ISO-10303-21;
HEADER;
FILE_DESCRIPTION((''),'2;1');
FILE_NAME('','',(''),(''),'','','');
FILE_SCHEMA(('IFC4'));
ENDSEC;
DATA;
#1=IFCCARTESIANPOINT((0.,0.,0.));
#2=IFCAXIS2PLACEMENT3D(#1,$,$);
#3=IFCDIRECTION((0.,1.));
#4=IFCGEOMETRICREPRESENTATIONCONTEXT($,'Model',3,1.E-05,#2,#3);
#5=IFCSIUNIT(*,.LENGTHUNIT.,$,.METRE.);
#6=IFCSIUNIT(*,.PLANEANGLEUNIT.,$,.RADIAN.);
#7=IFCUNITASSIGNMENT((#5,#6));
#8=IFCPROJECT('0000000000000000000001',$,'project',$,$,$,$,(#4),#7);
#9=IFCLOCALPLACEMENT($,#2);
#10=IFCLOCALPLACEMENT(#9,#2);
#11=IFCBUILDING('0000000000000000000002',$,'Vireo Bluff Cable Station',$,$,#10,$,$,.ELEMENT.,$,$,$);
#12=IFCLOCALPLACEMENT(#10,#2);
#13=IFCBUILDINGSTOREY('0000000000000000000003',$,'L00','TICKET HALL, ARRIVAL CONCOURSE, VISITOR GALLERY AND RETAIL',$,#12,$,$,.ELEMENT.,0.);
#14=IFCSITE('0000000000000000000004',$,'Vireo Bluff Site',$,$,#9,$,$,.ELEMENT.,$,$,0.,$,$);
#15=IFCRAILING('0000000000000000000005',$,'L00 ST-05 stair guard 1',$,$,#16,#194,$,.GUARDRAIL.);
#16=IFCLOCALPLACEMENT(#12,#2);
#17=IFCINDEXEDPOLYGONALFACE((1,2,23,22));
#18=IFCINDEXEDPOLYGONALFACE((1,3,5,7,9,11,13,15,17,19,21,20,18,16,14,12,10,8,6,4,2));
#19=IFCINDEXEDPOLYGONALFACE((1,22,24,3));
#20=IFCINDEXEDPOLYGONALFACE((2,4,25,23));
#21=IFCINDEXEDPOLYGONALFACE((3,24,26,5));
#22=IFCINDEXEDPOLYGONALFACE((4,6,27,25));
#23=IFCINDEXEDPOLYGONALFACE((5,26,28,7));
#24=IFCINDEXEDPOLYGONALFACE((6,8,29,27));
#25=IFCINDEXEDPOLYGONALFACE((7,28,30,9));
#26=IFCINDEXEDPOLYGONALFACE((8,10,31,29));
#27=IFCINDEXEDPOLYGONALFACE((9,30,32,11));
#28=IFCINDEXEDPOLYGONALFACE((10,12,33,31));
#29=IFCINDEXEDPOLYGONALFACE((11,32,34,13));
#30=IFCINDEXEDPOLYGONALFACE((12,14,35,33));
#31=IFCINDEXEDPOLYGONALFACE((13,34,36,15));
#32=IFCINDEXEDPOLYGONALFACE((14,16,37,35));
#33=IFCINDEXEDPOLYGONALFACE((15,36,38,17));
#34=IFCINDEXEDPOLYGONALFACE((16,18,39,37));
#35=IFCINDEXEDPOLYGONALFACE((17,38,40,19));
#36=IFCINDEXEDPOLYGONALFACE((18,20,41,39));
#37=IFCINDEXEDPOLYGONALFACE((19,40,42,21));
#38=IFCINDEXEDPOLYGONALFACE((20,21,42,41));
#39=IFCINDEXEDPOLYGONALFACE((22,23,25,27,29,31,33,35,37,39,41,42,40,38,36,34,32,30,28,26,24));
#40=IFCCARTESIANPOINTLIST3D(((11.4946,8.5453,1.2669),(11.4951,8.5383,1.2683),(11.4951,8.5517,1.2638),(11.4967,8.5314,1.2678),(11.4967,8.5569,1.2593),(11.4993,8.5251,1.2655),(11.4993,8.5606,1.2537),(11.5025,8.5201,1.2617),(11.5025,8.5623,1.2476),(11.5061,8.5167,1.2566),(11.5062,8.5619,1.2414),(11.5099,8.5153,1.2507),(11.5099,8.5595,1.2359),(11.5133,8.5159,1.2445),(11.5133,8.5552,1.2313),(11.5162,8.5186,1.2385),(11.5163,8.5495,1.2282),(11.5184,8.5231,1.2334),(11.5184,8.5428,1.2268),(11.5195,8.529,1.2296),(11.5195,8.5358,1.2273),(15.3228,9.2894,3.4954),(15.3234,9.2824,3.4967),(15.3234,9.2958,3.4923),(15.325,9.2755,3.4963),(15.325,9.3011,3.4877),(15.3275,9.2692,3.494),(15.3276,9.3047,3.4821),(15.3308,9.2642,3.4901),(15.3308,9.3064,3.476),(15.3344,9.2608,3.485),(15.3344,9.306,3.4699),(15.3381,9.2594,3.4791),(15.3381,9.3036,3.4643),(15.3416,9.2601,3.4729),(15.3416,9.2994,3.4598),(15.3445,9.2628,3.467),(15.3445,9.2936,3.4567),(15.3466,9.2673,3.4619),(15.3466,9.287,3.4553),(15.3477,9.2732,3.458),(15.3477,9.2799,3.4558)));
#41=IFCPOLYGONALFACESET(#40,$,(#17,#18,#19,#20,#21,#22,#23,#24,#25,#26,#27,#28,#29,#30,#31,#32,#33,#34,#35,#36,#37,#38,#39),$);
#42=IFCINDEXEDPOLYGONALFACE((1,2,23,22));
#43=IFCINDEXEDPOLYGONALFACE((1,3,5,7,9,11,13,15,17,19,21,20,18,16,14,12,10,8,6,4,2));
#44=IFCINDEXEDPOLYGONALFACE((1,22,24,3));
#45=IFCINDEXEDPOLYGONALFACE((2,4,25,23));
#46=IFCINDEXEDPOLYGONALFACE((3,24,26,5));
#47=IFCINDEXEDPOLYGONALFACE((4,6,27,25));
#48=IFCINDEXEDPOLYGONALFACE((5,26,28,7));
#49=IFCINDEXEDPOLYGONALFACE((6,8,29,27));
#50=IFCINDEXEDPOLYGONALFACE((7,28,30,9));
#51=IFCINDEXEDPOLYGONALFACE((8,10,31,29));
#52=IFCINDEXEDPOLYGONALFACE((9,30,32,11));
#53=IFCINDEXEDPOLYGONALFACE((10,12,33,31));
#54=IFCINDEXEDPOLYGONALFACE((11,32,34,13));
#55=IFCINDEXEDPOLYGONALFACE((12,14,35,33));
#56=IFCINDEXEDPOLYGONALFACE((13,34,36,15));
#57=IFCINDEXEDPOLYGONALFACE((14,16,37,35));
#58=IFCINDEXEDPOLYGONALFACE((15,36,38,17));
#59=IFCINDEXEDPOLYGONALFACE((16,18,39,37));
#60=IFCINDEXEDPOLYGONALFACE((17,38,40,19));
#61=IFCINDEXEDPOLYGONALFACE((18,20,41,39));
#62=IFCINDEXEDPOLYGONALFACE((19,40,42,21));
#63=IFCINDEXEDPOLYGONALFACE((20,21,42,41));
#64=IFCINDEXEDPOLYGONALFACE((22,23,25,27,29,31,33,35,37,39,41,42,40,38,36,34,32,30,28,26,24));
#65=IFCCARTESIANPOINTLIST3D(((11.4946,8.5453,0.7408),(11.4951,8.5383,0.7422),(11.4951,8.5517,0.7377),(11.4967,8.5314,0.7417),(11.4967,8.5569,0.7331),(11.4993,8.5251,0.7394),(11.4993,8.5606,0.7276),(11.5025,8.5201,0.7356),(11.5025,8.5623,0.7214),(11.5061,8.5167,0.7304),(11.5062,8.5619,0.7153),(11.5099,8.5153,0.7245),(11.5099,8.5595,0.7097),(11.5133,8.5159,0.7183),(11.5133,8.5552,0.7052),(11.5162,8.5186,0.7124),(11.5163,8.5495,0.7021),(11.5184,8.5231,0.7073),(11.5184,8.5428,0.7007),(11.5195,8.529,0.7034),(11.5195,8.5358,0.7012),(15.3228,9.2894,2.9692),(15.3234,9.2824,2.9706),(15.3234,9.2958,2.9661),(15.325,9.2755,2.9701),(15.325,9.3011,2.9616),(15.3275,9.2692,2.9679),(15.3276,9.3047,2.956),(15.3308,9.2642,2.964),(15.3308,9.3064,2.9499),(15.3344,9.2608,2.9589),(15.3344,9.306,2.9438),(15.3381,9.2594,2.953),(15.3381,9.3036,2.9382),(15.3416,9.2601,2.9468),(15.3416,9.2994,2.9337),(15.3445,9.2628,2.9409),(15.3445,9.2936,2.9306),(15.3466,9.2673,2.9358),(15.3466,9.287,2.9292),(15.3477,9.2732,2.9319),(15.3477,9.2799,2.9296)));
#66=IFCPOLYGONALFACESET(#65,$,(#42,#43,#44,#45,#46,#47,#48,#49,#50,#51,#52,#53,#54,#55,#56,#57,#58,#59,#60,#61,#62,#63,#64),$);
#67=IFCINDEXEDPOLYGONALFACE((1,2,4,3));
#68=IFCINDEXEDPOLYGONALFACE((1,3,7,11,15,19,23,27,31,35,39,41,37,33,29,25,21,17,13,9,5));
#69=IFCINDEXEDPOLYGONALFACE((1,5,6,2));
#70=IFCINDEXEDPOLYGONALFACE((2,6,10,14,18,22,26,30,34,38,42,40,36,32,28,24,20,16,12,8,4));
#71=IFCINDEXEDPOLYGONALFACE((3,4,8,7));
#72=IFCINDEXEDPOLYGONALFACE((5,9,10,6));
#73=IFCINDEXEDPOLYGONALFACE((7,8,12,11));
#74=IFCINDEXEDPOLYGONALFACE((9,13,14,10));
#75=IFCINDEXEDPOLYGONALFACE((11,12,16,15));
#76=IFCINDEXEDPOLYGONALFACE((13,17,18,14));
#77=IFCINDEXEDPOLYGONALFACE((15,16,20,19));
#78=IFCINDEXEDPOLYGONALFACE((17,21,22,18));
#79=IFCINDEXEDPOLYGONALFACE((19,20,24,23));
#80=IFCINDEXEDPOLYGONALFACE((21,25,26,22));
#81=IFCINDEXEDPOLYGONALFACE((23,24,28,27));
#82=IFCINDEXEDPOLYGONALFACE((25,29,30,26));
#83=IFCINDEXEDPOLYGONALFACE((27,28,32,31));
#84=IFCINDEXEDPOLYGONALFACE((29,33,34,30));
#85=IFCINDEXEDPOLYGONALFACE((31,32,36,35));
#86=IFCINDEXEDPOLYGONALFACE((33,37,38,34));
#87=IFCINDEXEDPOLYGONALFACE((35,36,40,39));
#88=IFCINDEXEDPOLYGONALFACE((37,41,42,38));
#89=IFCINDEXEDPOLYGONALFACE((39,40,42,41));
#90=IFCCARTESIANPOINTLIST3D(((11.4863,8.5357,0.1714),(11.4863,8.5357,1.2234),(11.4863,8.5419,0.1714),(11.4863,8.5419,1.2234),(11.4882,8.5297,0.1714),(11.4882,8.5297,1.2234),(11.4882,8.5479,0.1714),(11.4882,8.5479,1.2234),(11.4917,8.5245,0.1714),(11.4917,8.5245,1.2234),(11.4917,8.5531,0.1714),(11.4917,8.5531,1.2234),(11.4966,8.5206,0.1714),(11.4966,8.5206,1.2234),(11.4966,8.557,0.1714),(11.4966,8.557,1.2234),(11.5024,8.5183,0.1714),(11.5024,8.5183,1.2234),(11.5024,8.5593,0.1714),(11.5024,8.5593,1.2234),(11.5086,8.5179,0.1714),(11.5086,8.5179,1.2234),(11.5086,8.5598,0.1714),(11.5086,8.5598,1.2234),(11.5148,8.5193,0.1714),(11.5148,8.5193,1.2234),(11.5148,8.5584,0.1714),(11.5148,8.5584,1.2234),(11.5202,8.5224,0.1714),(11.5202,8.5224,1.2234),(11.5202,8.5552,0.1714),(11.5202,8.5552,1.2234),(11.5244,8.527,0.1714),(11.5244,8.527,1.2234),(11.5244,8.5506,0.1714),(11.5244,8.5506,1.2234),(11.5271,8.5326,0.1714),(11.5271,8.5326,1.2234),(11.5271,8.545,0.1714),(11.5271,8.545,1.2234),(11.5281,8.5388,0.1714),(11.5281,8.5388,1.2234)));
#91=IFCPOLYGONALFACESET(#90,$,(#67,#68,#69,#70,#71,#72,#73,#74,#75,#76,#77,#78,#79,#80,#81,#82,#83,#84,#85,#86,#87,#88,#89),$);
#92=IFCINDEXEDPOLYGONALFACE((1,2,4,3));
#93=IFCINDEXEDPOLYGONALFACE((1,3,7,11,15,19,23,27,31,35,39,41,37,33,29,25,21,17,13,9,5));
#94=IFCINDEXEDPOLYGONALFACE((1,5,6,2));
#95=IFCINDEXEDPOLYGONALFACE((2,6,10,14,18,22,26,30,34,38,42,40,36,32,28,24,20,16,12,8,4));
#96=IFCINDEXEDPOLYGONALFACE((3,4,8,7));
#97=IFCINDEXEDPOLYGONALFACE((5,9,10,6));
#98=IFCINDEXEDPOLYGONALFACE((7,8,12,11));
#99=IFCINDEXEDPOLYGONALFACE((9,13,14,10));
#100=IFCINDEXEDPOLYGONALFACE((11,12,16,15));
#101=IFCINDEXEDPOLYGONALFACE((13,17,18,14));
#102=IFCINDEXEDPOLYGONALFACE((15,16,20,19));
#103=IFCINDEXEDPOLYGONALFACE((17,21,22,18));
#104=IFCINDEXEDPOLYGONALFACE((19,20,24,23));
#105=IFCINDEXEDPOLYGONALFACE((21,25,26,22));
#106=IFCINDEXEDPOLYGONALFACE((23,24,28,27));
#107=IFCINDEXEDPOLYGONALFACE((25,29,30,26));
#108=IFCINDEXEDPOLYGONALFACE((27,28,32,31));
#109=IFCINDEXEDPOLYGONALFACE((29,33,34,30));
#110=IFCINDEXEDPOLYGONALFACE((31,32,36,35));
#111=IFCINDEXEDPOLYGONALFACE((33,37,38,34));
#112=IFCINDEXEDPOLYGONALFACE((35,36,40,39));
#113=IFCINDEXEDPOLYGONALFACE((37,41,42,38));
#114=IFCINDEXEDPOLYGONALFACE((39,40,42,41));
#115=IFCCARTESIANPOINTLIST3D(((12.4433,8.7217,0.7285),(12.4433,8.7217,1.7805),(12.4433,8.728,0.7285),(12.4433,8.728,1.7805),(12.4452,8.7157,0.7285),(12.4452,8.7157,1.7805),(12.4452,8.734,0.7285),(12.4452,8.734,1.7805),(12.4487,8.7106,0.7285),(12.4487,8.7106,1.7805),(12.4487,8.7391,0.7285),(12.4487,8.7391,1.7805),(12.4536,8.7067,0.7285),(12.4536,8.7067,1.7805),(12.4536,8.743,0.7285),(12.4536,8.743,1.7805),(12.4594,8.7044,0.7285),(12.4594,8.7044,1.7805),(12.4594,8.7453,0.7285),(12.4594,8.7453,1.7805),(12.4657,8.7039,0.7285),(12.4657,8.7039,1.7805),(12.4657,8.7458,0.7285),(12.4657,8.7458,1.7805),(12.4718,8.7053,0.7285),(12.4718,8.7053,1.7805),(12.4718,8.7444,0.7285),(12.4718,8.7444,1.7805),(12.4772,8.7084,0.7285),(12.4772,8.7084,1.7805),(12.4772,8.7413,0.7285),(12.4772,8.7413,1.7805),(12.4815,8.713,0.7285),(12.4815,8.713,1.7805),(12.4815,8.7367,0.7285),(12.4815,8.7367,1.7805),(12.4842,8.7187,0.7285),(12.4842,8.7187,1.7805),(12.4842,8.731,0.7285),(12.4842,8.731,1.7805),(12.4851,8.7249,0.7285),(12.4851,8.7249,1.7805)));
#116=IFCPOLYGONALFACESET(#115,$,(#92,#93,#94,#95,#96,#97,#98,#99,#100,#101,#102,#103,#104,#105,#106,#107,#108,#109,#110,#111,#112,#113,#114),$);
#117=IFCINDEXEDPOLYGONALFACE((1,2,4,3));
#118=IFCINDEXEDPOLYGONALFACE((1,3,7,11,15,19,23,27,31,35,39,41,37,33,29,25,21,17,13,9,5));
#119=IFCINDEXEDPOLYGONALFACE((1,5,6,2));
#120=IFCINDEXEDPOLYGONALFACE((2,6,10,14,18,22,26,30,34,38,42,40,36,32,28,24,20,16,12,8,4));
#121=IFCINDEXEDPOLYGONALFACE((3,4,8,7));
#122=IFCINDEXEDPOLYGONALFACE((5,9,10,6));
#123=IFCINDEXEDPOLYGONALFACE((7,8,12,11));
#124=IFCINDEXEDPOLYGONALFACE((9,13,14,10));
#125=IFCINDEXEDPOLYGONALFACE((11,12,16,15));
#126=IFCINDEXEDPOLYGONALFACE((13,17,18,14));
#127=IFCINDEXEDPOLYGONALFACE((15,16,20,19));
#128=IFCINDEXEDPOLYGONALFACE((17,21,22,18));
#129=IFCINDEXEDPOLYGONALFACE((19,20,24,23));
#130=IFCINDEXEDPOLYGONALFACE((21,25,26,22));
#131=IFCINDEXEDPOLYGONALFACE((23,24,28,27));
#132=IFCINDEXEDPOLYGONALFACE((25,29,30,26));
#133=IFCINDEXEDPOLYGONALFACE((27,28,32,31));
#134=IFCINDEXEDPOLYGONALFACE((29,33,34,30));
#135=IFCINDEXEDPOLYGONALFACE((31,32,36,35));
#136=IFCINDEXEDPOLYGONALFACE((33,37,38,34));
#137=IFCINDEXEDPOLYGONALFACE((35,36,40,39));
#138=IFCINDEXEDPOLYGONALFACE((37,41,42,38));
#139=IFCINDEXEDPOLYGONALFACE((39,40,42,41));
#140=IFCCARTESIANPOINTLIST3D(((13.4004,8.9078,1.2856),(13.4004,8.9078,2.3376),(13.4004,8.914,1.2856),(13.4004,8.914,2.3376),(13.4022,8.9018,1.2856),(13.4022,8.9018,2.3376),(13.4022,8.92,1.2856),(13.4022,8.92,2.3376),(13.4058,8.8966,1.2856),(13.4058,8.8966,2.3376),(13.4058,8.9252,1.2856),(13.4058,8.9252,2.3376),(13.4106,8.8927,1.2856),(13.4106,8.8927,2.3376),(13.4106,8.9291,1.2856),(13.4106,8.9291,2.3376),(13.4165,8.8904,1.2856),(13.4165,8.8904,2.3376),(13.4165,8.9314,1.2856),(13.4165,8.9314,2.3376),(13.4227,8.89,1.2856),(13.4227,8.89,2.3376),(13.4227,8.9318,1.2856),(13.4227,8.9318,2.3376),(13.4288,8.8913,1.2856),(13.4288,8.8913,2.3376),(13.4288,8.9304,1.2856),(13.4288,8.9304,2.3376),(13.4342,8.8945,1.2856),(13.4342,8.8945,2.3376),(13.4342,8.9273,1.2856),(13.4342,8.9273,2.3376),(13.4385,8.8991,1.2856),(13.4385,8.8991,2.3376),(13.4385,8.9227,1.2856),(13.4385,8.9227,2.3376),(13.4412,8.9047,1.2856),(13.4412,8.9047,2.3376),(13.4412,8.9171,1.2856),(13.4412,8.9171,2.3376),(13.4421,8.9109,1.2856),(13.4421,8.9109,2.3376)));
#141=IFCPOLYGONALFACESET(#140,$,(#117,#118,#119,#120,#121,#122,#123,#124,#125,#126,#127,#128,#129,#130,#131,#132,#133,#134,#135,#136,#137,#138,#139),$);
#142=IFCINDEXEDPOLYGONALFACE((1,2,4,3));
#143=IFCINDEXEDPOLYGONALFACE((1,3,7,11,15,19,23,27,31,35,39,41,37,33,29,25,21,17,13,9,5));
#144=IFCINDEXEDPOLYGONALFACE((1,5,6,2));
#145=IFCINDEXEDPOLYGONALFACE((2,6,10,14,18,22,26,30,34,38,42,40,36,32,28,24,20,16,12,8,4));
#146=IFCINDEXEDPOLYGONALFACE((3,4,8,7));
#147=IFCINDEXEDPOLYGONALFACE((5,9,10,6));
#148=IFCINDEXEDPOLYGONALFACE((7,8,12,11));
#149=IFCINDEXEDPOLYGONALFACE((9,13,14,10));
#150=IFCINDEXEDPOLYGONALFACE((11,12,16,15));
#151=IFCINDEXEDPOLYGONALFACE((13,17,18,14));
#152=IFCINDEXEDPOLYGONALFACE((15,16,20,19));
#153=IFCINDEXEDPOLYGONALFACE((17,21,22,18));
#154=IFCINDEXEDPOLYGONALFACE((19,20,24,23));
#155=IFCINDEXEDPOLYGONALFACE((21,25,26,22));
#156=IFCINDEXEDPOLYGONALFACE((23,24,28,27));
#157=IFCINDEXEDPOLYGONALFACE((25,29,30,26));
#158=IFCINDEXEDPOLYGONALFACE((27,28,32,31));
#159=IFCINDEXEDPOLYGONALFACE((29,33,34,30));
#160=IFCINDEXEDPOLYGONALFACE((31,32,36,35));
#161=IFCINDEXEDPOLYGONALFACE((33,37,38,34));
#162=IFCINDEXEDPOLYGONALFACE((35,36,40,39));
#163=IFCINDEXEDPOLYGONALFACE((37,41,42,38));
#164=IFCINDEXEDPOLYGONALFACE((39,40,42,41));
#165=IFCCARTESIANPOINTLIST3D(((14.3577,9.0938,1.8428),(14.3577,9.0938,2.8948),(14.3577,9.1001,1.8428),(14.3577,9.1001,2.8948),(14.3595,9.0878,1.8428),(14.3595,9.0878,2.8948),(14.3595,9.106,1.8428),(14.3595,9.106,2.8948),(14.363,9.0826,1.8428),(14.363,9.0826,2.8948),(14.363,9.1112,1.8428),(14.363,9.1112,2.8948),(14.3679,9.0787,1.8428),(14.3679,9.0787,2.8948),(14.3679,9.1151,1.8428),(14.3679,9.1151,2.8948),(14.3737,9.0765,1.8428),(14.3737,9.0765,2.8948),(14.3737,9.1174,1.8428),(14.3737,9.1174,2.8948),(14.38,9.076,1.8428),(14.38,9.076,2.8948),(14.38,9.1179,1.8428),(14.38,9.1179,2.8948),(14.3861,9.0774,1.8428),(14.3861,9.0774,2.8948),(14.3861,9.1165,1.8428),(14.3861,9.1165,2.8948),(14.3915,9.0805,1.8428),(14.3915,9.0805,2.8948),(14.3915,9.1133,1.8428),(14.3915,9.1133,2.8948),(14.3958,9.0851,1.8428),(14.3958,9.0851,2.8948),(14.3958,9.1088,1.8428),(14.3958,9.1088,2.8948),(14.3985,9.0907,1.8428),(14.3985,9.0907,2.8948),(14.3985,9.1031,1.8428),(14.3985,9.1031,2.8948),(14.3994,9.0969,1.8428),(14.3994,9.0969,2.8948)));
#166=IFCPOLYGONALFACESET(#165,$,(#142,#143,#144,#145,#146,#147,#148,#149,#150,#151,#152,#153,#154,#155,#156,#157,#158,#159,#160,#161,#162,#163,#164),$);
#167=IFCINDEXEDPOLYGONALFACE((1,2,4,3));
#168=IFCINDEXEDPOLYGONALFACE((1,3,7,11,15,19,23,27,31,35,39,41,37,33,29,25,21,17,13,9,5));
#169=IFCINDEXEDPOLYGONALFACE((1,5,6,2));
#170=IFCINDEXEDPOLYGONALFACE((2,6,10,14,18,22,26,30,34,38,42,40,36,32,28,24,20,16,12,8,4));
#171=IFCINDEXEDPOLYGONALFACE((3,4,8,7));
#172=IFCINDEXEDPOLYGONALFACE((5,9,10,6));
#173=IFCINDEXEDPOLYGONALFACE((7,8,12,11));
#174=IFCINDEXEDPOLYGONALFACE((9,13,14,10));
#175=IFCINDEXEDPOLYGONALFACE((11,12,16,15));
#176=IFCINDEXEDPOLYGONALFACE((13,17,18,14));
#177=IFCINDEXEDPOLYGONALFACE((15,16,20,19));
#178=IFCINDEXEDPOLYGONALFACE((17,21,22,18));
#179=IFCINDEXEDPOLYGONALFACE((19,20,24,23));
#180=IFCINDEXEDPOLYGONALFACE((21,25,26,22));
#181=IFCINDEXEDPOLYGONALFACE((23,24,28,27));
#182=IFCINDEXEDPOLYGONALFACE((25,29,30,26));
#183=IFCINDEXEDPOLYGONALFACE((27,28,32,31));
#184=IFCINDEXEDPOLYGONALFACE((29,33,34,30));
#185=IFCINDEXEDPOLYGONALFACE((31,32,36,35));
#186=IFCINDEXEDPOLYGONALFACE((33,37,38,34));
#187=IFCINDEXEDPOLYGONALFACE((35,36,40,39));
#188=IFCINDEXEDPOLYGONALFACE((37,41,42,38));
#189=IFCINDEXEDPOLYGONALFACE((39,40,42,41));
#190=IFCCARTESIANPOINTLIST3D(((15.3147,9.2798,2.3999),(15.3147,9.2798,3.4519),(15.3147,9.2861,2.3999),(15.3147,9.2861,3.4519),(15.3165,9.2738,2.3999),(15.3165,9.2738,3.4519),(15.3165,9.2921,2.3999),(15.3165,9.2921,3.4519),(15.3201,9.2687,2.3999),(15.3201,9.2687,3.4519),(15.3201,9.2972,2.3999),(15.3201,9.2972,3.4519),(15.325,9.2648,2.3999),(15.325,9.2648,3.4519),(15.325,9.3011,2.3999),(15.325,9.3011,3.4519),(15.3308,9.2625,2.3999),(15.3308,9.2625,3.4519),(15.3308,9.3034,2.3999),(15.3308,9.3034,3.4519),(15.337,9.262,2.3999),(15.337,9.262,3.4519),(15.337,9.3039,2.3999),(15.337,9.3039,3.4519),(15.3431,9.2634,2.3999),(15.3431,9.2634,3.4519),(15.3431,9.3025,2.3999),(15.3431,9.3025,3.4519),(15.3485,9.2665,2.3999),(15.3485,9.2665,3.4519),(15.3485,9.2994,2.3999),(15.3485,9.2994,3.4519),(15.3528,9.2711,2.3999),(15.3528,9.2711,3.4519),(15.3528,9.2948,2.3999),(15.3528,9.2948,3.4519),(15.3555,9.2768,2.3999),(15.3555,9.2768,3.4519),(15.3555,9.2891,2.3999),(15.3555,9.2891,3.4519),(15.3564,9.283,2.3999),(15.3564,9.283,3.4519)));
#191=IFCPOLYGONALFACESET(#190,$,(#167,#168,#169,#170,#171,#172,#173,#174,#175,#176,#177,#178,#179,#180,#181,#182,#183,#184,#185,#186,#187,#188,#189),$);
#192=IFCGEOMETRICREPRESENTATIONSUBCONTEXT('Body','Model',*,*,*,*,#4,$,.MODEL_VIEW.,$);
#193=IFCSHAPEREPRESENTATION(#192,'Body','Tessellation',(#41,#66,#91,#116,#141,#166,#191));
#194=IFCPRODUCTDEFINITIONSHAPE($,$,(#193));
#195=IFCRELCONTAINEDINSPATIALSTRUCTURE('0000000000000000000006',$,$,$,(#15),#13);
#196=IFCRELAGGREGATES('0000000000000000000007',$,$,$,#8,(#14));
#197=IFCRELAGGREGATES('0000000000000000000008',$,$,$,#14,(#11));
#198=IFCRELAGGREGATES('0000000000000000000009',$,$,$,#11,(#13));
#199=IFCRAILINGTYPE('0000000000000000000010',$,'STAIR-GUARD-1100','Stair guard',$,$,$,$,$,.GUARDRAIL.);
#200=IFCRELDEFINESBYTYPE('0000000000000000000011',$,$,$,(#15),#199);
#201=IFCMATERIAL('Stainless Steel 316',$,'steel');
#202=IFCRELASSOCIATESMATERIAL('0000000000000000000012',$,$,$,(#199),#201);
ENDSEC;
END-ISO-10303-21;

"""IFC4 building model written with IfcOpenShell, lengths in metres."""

from ifc_helpers import new_model, si_unit, direction, frame, origin, origin_2d, place, context, subcontext, project, spatial, circle, extrude, material, type_object, element, save


model = new_model("IFC4")

# Units and contexts
model_context = context("Model", 3, precision=1e-05, world=origin(), true_north=direction((0.0, 1.0)))
body_context = subcontext(model_context, "Body", "Model", "MODEL_VIEW")
ifc_project = project(units=[si_unit("LENGTHUNIT", "METRE"), si_unit("PLANEANGLEUNIT", "RADIAN")], contexts=[model_context])

# Site, building, storey
site_placement = place(None, origin())
site = spatial("IfcSite", under=ifc_project, at=site_placement, Name="Vireo Bluff Site", CompositionType="ELEMENT", RefElevation=0.0)
building_placement = place(site_placement, origin())
building = spatial("IfcBuilding", under=site, at=building_placement, Name="Vireo Bluff Cable Station", CompositionType="ELEMENT")
storey_placement = place(building_placement, origin())
storey = spatial("IfcBuildingStorey", under=building, at=storey_placement, Name="L00", Description="TICKET HALL, ARRIVAL CONCOURSE, VISITOR GALLERY AND RETAIL", CompositionType="ELEMENT", Elevation=0.0)

# Shared definitions
ifc_material_1 = material(Name="Stainless Steel 316", Category="steel")

# Railing
railing_type_1 = type_object("IfcRailingType", Name="STAIR-GUARD-1100", Description="Stair guard", PredefinedType="GUARDRAIL", material=ifc_material_1)
railing_1_placement = place(storey_placement, frame((11.5071, 8.5388, 0.1714)))
element("IfcRailing", 1, at=railing_1_placement, inside=storey, type_object=railing_type_1, Name="L00 ST-05 stair guard 1", PredefinedType="GUARDRAIL", context=body_context, shape_type="SweptSolid", body=[
    extrude(circle(Radius=0.0239, at=origin_2d()), frame((0.0, 0.0, 1.0762), z_axis=(0.852298, 0.165666, 0.496128), x_axis=(-0.190804, 0.981628, 0.0)), (0.0, 0.0, 1.0), 4.4917),
    extrude(circle(Radius=0.0239, at=origin_2d()), frame((0.0, 0.0, 0.55), z_axis=(0.852298, 0.165666, 0.496128), x_axis=(-0.190804, 0.981628, 0.0)), (0.0, 0.0, 1.0), 4.4917),
    extrude(circle(Radius=0.021, at=origin_2d()), origin(), (0.0, 0.0, 1.0), 1.052),
    extrude(circle(Radius=0.021, at=origin_2d()), frame((0.957, 0.186, 0.5571)), (0.0, 0.0, 1.0), 1.052),
    extrude(circle(Radius=0.021, at=origin_2d()), frame((1.9141, 0.3721, 1.1143)), (0.0, 0.0, 1.0), 1.052),
    extrude(circle(Radius=0.021, at=origin_2d()), frame((2.8713, 0.5581, 1.6714)), (0.0, 0.0, 1.0), 1.052),
    extrude(circle(Radius=0.021, at=origin_2d()), frame((3.8284, 0.7441, 2.2285)), (0.0, 0.0, 1.0), 1.052),
])

save(model, "model.ifc")
